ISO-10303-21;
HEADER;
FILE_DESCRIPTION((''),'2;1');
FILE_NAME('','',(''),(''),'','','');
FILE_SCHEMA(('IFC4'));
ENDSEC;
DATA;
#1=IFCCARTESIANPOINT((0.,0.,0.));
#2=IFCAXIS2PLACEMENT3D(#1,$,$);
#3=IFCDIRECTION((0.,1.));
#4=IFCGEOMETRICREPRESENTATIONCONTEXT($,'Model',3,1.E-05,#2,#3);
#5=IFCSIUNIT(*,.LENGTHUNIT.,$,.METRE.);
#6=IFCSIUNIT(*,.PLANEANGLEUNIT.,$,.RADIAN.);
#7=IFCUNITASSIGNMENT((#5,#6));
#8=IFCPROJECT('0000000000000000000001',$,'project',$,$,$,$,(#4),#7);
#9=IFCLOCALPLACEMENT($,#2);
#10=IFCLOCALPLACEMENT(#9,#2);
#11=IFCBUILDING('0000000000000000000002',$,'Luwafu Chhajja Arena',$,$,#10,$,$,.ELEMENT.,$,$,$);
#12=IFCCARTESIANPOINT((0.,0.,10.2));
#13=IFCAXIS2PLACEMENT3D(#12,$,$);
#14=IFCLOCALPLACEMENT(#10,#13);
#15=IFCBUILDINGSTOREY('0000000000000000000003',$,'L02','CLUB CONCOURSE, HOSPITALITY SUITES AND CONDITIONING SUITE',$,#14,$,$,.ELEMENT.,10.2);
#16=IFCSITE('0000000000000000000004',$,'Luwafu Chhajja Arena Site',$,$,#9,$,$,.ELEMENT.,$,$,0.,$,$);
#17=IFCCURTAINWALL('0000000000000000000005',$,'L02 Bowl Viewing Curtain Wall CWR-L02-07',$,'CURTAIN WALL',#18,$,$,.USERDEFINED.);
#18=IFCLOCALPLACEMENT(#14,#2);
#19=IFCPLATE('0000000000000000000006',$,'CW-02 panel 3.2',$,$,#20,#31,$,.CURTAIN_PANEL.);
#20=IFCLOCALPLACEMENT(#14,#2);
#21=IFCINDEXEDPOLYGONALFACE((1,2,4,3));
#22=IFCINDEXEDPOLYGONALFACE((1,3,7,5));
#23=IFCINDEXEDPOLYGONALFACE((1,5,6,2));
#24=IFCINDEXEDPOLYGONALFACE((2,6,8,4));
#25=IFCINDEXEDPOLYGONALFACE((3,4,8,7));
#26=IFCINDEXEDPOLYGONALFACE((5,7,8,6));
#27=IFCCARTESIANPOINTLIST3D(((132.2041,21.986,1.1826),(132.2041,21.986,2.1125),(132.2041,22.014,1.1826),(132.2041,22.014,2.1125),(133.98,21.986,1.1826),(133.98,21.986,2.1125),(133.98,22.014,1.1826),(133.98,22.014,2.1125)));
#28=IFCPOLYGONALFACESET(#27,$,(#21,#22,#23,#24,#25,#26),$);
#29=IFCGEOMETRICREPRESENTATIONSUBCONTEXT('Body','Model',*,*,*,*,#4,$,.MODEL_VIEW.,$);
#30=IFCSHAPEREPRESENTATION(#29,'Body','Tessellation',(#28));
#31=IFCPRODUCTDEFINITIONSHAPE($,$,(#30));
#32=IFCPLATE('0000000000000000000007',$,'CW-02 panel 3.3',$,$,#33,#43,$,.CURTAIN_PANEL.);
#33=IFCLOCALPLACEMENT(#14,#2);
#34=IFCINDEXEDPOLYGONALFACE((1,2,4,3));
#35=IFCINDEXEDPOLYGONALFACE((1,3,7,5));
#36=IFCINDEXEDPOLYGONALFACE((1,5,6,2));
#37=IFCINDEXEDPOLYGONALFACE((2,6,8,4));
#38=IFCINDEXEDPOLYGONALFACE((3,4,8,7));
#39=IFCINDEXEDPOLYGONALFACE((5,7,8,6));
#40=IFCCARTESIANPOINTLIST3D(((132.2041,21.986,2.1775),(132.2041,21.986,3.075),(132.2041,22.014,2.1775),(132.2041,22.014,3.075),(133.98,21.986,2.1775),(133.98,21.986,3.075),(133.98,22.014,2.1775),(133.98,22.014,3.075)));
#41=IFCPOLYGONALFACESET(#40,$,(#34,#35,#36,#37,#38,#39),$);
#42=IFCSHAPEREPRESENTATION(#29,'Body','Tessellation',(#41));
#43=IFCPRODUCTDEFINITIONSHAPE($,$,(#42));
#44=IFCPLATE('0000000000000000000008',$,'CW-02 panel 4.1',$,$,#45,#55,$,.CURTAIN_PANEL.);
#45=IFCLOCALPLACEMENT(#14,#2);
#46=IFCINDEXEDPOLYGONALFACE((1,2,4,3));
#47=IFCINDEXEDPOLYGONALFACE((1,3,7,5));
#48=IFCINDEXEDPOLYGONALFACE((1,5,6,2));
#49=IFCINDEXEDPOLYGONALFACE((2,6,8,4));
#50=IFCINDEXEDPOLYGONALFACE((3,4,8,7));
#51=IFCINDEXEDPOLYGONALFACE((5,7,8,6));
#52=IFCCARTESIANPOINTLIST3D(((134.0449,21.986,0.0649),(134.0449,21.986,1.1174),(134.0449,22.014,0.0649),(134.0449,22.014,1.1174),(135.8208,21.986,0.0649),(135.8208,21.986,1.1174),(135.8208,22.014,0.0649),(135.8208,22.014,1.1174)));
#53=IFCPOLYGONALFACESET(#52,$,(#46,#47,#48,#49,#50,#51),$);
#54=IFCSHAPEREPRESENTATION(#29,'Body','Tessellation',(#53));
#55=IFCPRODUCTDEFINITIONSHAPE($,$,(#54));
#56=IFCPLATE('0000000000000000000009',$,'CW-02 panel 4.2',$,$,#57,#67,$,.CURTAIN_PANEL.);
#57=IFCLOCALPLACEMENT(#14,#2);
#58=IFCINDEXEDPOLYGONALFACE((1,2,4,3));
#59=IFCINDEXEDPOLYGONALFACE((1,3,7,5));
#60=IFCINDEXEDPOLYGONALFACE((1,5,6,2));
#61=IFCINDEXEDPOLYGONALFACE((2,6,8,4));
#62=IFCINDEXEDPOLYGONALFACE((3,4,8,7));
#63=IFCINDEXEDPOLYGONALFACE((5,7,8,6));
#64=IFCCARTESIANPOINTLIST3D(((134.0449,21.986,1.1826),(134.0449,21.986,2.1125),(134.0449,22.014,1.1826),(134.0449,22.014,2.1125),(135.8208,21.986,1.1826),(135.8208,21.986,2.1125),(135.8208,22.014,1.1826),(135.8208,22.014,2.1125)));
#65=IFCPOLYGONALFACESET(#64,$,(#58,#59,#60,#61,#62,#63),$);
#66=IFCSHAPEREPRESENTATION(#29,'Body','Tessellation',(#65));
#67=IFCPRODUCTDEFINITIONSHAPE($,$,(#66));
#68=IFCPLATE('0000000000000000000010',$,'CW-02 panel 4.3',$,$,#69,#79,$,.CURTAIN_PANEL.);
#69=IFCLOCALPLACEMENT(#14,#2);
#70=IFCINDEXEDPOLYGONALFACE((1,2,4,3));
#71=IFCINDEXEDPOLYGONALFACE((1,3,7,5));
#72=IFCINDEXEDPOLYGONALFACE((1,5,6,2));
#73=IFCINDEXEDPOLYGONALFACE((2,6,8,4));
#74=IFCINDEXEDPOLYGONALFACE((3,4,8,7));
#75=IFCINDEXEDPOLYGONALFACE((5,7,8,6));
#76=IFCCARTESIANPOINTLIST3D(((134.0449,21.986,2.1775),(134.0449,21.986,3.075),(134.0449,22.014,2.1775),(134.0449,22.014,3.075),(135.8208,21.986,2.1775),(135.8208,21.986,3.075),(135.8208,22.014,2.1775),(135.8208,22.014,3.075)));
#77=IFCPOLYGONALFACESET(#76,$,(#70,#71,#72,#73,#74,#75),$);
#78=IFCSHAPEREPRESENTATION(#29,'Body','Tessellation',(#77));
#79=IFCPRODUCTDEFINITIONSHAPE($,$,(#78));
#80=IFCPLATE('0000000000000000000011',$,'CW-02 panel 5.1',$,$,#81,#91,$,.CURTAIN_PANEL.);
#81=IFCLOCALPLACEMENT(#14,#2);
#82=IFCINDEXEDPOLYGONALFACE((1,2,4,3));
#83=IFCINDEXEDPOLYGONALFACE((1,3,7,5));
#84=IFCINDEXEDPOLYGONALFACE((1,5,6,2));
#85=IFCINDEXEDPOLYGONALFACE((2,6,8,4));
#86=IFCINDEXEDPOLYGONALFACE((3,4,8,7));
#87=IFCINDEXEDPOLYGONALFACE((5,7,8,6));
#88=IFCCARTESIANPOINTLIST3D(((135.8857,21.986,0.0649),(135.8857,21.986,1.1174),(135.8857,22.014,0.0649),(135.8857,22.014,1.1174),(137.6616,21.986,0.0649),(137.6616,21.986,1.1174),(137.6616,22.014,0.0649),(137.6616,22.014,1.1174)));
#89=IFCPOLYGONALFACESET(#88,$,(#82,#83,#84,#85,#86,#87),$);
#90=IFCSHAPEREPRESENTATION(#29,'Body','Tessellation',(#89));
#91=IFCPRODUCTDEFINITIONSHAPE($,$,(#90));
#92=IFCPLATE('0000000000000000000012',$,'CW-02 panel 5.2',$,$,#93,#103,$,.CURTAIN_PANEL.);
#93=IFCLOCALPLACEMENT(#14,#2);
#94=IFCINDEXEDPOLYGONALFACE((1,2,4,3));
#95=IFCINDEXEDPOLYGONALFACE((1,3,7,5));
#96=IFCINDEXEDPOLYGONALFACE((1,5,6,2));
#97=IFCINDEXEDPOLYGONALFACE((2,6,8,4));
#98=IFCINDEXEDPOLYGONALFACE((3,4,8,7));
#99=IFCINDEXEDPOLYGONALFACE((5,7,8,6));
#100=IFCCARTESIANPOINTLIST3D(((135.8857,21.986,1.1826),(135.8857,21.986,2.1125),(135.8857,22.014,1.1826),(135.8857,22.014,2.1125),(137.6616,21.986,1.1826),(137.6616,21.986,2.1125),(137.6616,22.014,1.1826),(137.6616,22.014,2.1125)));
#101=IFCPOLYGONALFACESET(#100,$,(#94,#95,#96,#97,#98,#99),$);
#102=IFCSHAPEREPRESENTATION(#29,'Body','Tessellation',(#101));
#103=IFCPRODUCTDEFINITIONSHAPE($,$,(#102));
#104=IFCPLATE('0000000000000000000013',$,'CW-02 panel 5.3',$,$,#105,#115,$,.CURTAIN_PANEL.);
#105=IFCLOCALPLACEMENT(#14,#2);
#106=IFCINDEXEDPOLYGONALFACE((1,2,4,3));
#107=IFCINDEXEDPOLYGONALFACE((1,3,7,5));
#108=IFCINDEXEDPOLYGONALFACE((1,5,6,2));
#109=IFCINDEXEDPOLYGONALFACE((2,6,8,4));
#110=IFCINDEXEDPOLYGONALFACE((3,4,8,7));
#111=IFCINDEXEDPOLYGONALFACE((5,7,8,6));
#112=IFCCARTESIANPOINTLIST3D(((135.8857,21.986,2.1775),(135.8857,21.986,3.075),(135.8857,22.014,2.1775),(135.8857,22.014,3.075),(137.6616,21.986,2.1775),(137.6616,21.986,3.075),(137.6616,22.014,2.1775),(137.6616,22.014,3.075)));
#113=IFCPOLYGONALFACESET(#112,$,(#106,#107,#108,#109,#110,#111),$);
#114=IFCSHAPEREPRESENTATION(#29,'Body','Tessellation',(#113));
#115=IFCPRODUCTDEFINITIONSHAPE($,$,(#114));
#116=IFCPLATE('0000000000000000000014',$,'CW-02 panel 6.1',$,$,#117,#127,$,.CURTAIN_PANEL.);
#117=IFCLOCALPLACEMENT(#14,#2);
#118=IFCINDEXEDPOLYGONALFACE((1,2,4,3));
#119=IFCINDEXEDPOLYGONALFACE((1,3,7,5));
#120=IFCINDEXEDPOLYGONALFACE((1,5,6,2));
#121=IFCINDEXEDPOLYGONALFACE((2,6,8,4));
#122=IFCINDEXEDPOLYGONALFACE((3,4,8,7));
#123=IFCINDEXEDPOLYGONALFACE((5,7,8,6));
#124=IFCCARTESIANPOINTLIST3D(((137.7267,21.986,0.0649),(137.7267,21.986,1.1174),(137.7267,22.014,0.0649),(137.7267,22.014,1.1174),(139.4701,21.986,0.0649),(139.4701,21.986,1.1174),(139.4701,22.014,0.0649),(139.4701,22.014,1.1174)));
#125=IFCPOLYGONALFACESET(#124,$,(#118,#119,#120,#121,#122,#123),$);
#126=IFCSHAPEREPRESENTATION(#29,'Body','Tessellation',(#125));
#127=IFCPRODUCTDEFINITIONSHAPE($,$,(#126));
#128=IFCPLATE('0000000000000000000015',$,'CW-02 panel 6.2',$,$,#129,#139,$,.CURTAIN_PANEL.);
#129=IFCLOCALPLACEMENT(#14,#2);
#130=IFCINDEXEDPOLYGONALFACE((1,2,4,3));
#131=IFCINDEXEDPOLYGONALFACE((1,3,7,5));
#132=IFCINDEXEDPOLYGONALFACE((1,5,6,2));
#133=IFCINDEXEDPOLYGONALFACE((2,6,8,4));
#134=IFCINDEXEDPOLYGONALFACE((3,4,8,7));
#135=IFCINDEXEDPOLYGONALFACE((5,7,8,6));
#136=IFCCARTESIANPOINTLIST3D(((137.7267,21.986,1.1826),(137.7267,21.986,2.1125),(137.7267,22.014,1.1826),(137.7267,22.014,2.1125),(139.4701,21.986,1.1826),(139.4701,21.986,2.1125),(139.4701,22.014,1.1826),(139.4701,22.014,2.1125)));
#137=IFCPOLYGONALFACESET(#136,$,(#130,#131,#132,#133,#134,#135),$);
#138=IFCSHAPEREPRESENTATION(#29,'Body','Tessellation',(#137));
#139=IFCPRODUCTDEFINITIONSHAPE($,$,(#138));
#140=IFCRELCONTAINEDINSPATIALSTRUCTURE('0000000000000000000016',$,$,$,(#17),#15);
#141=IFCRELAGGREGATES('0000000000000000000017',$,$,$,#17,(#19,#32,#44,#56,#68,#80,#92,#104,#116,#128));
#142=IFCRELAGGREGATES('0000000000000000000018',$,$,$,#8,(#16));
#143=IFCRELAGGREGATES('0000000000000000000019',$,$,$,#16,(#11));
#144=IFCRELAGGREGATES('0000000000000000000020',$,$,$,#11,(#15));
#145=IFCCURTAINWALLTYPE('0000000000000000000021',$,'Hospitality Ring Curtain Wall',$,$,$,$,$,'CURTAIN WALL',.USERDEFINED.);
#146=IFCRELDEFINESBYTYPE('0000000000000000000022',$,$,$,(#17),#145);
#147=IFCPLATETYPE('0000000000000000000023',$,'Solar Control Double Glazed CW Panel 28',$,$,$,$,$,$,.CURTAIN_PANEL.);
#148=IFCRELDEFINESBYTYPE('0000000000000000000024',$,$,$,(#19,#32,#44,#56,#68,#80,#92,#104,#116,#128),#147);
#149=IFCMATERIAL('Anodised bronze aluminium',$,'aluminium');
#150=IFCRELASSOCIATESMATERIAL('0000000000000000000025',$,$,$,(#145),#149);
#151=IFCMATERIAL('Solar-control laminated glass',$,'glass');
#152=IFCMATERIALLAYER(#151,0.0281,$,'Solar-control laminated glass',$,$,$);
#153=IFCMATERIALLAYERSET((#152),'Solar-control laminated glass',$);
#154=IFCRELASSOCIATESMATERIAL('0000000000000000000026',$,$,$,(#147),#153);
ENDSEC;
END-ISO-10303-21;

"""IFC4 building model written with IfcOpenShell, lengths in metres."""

from ifc_helpers import new_model, si_unit, direction, frame, origin, origin_2d, place, context, subcontext, project, spatial, rectangle, extrude, material, layer, layer_set, type_object, element, aggregate, save


model = new_model("IFC4")

# Units and contexts
model_context = context("Model", 3, precision=1e-05, world=origin(), true_north=direction((0.0, 1.0)))
body_context = subcontext(model_context, "Body", "Model", "MODEL_VIEW")
ifc_project = project(units=[si_unit("LENGTHUNIT", "METRE"), si_unit("PLANEANGLEUNIT", "RADIAN")], contexts=[model_context])

# Site, building, storey
site_placement = place(None, origin())
site = spatial("IfcSite", under=ifc_project, at=site_placement, Name="Luwafu Chhajja Arena Site", CompositionType="ELEMENT", RefElevation=0.0)
building_placement = place(site_placement, origin())
building = spatial("IfcBuilding", under=site, at=building_placement, Name="Luwafu Chhajja Arena", CompositionType="ELEMENT")
storey_placement = place(building_placement, frame((0.0, 0.0, 10.2)))
storey = spatial("IfcBuildingStorey", under=building, at=storey_placement, Name="L02", Description="CLUB CONCOURSE, HOSPITALITY SUITES AND CONDITIONING SUITE", CompositionType="ELEMENT", Elevation=10.2)

# Curtain wall, plates
ifc_material_1 = material(Name="Anodised bronze aluminium", Category="aluminium")
curtain_wall_type = type_object("IfcCurtainWallType", Name="Hospitality Ring Curtain Wall", ElementType="CURTAIN WALL", PredefinedType="USERDEFINED", material=ifc_material_1)
curtain_wall_placement = place(storey_placement, origin())
curtain_wall = element("IfcCurtainWall", 1, at=curtain_wall_placement, inside=storey, type_object=curtain_wall_type, Name="L02 Bowl Viewing Curtain Wall CWR-L02-07", ObjectType="CURTAIN WALL", PredefinedType="USERDEFINED")
ifc_material_2 = material(Name="Solar-control laminated glass", Category="glass")
ifc_layer = layer(ifc_material_2, 0.0281, Name="Solar-control laminated glass")
ifc_layer_set = layer_set([ifc_layer], Name="Solar-control laminated glass")
plate_type = type_object("IfcPlateType", Name="Solar Control Double Glazed CW Panel 28", PredefinedType="CURTAIN_PANEL", material=ifc_layer_set)
plate_1_placement = place(storey_placement, frame((133.092, 22.0, 1.1826), z_axis=(0.0, 0.0, 1.0), x_axis=(1.0, 0.0, 0.0)))
plate_1 = element("IfcPlate", 2, at=plate_1_placement, type_object=plate_type, Name="CW-02 panel 3.2", PredefinedType="CURTAIN_PANEL", context=body_context, shape_type="SweptSolid", body=[
    extrude(rectangle(XDim=1.7759, YDim=0.0281, at=origin_2d()), origin(), (0.0, 0.0, 1.0), 0.9299),
])
plate_2_placement = place(storey_placement, frame((133.092, 22.0, 2.1775), z_axis=(0.0, 0.0, 1.0), x_axis=(1.0, 0.0, 0.0)))
plate_2 = element("IfcPlate", 3, at=plate_2_placement, type_object=plate_type, Name="CW-02 panel 3.3", PredefinedType="CURTAIN_PANEL", context=body_context, shape_type="SweptSolid", body=[
    extrude(rectangle(XDim=1.7759, YDim=0.0281, at=origin_2d()), origin(), (0.0, 0.0, 1.0), 0.8975),
])
plate_3_placement = place(storey_placement, frame((134.9329, 22.0, 0.0649), z_axis=(0.0, 0.0, 1.0), x_axis=(1.0, 0.0, 0.0)))
plate_3 = element("IfcPlate", 4, at=plate_3_placement, type_object=plate_type, Name="CW-02 panel 4.1", PredefinedType="CURTAIN_PANEL", context=body_context, shape_type="SweptSolid", body=[
    extrude(rectangle(XDim=1.7759, YDim=0.0281, at=origin_2d()), origin(), (0.0, 0.0, 1.0), 1.0525),
])
plate_4_placement = place(storey_placement, frame((134.9329, 22.0, 1.1826), z_axis=(0.0, 0.0, 1.0), x_axis=(1.0, 0.0, 0.0)))
plate_4 = element("IfcPlate", 5, at=plate_4_placement, type_object=plate_type, Name="CW-02 panel 4.2", PredefinedType="CURTAIN_PANEL", context=body_context, shape_type="SweptSolid", body=[
    extrude(rectangle(XDim=1.7759, YDim=0.0281, at=origin_2d()), origin(), (0.0, 0.0, 1.0), 0.9299),
])
plate_5_placement = place(storey_placement, frame((134.9329, 22.0, 2.1775), z_axis=(0.0, 0.0, 1.0), x_axis=(1.0, 0.0, 0.0)))
plate_5 = element("IfcPlate", 6, at=plate_5_placement, type_object=plate_type, Name="CW-02 panel 4.3", PredefinedType="CURTAIN_PANEL", context=body_context, shape_type="SweptSolid", body=[
    extrude(rectangle(XDim=1.7759, YDim=0.0281, at=origin_2d()), origin(), (0.0, 0.0, 1.0), 0.8975),
])
plate_6_placement = place(storey_placement, frame((136.7737, 22.0, 0.0649), z_axis=(0.0, 0.0, 1.0), x_axis=(1.0, 0.0, 0.0)))
plate_6 = element("IfcPlate", 7, at=plate_6_placement, type_object=plate_type, Name="CW-02 panel 5.1", PredefinedType="CURTAIN_PANEL", context=body_context, shape_type="SweptSolid", body=[
    extrude(rectangle(XDim=1.7759, YDim=0.0281, at=origin_2d()), origin(), (0.0, 0.0, 1.0), 1.0525),
])
plate_7_placement = place(storey_placement, frame((136.7737, 22.0, 1.1826), z_axis=(0.0, 0.0, 1.0), x_axis=(1.0, 0.0, 0.0)))
plate_7 = element("IfcPlate", 8, at=plate_7_placement, type_object=plate_type, Name="CW-02 panel 5.2", PredefinedType="CURTAIN_PANEL", context=body_context, shape_type="SweptSolid", body=[
    extrude(rectangle(XDim=1.7759, YDim=0.0281, at=origin_2d()), origin(), (0.0, 0.0, 1.0), 0.9299),
])
plate_8_placement = place(storey_placement, frame((136.7737, 22.0, 2.1775), z_axis=(0.0, 0.0, 1.0), x_axis=(1.0, 0.0, 0.0)))
plate_8 = element("IfcPlate", 9, at=plate_8_placement, type_object=plate_type, Name="CW-02 panel 5.3", PredefinedType="CURTAIN_PANEL", context=body_context, shape_type="SweptSolid", body=[
    extrude(rectangle(XDim=1.7759, YDim=0.0281, at=origin_2d()), origin(), (0.0, 0.0, 1.0), 0.8975),
])
plate_9_placement = place(storey_placement, frame((138.5984, 22.0, 0.0649), z_axis=(0.0, 0.0, 1.0), x_axis=(1.0, 0.0, 0.0)))
plate_9 = element("IfcPlate", 10, at=plate_9_placement, type_object=plate_type, Name="CW-02 panel 6.1", PredefinedType="CURTAIN_PANEL", context=body_context, shape_type="SweptSolid", body=[
    extrude(rectangle(XDim=1.7434, YDim=0.0281, at=origin_2d()), origin(), (0.0, 0.0, 1.0), 1.0525),
])
plate_10_placement = place(storey_placement, frame((138.5984, 22.0, 1.1826), z_axis=(0.0, 0.0, 1.0), x_axis=(1.0, 0.0, 0.0)))
plate_10 = element("IfcPlate", 11, at=plate_10_placement, type_object=plate_type, Name="CW-02 panel 6.2", PredefinedType="CURTAIN_PANEL", context=body_context, shape_type="SweptSolid", body=[
    extrude(rectangle(XDim=1.7434, YDim=0.0281, at=origin_2d()), origin(), (0.0, 0.0, 1.0), 0.9299),
])
aggregate(curtain_wall, [plate_1, plate_2, plate_3, plate_4, plate_5, plate_6, plate_7, plate_8, plate_9, plate_10])

save(model, "model.ifc")
